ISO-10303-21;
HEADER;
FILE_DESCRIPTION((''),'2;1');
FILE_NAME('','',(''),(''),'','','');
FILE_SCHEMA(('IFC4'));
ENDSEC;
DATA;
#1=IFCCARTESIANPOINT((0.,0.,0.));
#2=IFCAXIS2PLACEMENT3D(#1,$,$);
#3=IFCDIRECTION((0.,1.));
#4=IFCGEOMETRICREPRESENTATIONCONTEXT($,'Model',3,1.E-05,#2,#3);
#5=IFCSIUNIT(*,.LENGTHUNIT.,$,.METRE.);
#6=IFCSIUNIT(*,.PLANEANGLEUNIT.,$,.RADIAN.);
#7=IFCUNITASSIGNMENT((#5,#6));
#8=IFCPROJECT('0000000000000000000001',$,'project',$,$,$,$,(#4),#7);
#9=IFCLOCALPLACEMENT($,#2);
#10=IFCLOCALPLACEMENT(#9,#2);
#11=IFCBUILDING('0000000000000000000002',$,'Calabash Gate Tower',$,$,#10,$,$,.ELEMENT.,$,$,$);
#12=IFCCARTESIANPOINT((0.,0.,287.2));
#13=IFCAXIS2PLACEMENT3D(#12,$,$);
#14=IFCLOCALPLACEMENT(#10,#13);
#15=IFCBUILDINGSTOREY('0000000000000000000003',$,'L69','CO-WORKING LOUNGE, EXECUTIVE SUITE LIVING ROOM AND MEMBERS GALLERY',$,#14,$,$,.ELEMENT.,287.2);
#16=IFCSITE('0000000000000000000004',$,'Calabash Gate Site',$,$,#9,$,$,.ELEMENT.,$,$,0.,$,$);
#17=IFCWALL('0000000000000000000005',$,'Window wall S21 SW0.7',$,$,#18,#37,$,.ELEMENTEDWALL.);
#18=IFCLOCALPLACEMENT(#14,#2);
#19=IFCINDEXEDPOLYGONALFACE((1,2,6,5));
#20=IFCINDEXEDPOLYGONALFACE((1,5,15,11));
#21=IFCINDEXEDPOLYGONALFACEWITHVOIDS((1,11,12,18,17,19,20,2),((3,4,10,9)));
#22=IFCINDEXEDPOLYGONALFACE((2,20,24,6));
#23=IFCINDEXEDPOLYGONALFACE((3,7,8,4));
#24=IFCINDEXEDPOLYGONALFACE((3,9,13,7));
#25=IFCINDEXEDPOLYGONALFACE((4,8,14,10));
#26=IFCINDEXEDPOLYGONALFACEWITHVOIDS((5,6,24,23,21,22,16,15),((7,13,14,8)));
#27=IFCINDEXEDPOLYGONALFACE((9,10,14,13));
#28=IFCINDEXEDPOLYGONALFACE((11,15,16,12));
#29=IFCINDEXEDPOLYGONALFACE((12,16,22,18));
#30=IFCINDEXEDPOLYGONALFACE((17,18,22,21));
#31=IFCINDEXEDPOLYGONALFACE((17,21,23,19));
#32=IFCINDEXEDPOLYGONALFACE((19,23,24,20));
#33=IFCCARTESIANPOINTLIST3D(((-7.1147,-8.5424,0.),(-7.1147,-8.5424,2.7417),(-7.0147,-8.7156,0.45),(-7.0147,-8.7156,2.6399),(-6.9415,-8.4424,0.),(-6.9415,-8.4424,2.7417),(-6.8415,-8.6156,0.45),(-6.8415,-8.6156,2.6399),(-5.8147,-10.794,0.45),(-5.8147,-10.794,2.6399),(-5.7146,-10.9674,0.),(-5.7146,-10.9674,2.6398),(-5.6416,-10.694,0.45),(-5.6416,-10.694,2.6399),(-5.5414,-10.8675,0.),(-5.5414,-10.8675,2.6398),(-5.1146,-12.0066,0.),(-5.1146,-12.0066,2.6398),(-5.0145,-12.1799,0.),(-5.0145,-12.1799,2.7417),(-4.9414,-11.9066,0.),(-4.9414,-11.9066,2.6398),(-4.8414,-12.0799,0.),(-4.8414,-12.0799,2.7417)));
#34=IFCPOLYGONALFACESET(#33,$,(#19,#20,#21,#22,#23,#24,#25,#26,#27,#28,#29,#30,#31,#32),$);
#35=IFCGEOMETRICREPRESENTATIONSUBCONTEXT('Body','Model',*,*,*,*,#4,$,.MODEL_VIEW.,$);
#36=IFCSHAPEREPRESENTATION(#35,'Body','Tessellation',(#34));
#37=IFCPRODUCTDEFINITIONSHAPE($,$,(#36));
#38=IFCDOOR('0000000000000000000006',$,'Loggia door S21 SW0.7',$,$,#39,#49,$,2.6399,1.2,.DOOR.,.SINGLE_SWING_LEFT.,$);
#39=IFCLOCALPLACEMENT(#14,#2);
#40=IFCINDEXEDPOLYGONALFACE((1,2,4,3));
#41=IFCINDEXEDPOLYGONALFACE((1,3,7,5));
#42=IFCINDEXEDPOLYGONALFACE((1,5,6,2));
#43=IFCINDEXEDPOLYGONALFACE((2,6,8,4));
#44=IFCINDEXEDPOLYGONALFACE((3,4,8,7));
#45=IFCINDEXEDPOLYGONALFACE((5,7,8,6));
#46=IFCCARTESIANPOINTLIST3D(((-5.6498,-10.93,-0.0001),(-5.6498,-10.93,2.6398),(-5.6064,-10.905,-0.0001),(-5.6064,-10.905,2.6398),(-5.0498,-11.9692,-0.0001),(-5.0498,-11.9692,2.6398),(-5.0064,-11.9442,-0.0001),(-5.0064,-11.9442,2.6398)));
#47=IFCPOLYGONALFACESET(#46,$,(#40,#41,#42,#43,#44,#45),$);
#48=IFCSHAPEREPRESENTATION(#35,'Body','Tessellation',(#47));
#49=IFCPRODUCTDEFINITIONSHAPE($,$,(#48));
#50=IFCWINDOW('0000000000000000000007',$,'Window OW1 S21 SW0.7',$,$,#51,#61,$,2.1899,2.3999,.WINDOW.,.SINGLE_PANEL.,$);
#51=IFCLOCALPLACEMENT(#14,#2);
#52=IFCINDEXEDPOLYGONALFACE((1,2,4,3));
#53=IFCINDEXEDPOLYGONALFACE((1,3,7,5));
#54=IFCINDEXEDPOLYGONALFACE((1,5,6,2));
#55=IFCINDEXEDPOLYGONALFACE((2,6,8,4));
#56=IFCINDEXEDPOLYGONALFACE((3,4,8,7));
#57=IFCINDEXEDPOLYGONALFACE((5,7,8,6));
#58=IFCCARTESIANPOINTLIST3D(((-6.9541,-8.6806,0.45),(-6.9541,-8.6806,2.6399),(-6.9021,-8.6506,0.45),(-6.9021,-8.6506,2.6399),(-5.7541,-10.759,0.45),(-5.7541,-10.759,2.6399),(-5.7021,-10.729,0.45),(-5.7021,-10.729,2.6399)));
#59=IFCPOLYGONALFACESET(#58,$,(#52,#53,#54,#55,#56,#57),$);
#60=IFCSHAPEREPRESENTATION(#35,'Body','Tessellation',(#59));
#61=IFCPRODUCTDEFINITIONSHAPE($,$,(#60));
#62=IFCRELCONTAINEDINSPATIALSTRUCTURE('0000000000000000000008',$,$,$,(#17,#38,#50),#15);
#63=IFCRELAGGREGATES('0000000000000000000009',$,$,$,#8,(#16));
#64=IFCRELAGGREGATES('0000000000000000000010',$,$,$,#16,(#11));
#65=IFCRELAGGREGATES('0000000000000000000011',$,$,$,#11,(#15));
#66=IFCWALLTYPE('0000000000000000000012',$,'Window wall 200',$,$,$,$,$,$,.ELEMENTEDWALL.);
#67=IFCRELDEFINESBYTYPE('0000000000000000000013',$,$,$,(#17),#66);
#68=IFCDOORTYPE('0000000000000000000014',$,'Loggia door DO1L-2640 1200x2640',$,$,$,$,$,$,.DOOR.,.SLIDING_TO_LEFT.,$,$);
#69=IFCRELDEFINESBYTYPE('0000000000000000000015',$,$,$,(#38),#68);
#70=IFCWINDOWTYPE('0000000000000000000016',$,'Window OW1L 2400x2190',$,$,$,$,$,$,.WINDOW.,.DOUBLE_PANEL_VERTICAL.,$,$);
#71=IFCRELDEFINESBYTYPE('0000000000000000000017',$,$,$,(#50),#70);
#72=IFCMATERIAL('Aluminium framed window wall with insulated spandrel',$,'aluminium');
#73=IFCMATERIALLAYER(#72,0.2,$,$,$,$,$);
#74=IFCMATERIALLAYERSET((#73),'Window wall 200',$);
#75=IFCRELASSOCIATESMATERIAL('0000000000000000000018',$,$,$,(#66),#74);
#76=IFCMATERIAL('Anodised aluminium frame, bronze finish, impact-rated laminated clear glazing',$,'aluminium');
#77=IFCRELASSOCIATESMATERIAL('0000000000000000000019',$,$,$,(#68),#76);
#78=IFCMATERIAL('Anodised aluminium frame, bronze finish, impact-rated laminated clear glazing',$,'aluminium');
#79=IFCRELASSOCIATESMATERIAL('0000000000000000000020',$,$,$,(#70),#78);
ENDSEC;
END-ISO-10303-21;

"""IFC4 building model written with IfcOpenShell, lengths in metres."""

from ifc_helpers import new_model, si_unit, direction, frame, frame_2d, origin, place, context, subcontext, project, spatial, rectangle, extrude, material, layer, layer_set, type_object, element, fill, save


model = new_model("IFC4")

# Units and contexts
model_context = context("Model", 3, precision=1e-05, world=origin(), true_north=direction((0.0, 1.0)))
body_context = subcontext(model_context, "Body", "Model", "MODEL_VIEW")
ifc_project = project(units=[si_unit("LENGTHUNIT", "METRE"), si_unit("PLANEANGLEUNIT", "RADIAN")], contexts=[model_context])

# Site, building, storey
site_placement = place(None, origin())
site = spatial("IfcSite", under=ifc_project, at=site_placement, Name="Calabash Gate Site", CompositionType="ELEMENT", RefElevation=0.0)
building_placement = place(site_placement, origin())
building = spatial("IfcBuilding", under=site, at=building_placement, Name="Calabash Gate Tower", CompositionType="ELEMENT")
storey_placement = place(building_placement, frame((0.0, 0.0, 287.2)))
storey = spatial("IfcBuildingStorey", under=building, at=storey_placement, Name="L69", Description="CO-WORKING LOUNGE, EXECUTIVE SUITE LIVING ROOM AND MEMBERS GALLERY", CompositionType="ELEMENT", Elevation=287.2)

# Shared definitions
ifc_material_1 = material(Name="Aluminium framed window wall with insulated spandrel", Category="aluminium")
ifc_layer_1 = layer(ifc_material_1, 0.2)
ifc_layer_set_1 = layer_set([ifc_layer_1], Name="Window wall 200")
wall_type_1 = type_object("IfcWallType", Name="Window wall 200", PredefinedType="ELEMENTEDWALL", material=ifc_layer_set_1)

# Wall, openings, door, window
wall_1_placement = place(storey_placement, frame((-7.0281, -8.4924, 0.0), z_axis=(0.0, 0.0, 1.0), x_axis=(0.500003, -0.866024, 0.0)))
wall_1 = element("IfcWall", 1, at=wall_1_placement, inside=storey, type_object=wall_type_1, Name="Window wall S21 SW0.7", PredefinedType="ELEMENTEDWALL", context=body_context, shape_type="SweptSolid", body=[
    extrude(rectangle(XDim=4.2002, YDim=0.2, at=frame_2d((2.1001, 0.0))), origin(), (0.0, 0.0, 1.0), 2.7417),
])
opening_1_placement = place(wall_1_placement, frame((0.2, 0.0, 0.45)))
opening_1 = element("IfcOpeningElement", 2, at=opening_1_placement, cuts=wall_1, PredefinedType="OPENING", context=body_context, shape_type="SweptSolid", body=[
    extrude(rectangle(XDim=2.3999, YDim=2.1899, at=frame_2d((1.2, 1.095))), frame((0.0, 0.1099, 0.0), z_axis=(0.0, -1.0, 0.0), x_axis=(1.0, 0.0, 0.0)), (0.0, 0.0, 1.0), 0.22),
])
opening_2_placement = place(wall_1_placement, frame((2.8, 0.0, 0.0)))
opening_2 = element("IfcOpeningElement", 3, at=opening_2_placement, cuts=wall_1, PredefinedType="OPENING", context=body_context, shape_type="SweptSolid", body=[
    extrude(rectangle(XDim=1.2, YDim=2.6399, at=frame_2d((0.6001, 1.3198))), frame((0.0, 0.1099, 0.0), z_axis=(0.0, -1.0, 0.0), x_axis=(1.0, 0.0, 0.0)), (0.0, 0.0, 1.0), 0.22),
])
ifc_material_2 = material(Name="Anodised aluminium frame, bronze finish, impact-rated laminated clear glazing", Category="aluminium")
door_type_1 = type_object("IfcDoorType", Name="Loggia door DO1L-2640 1200x2640", OperationType="SLIDING_TO_LEFT", PredefinedType="DOOR", material=ifc_material_2)
door_1_placement = place(opening_2_placement, origin())
door_1 = element("IfcDoor", 4, at=door_1_placement, inside=storey, type_object=door_type_1, Name="Loggia door S21 SW0.7", OperationType="SINGLE_SWING_LEFT", OverallHeight=2.6399, OverallWidth=1.2, PredefinedType="DOOR", context=body_context, shape_type="SweptSolid", body=[
    extrude(rectangle(XDim=1.2, YDim=2.6399, at=frame_2d((0.6001, 1.3198))), frame((0.0, 0.0249, 0.0), z_axis=(0.0, -1.0, 0.0), x_axis=(1.0, 0.0, 0.0)), (0.0, 0.0, 1.0), 0.05),
])
fill(opening_2, door_1)
ifc_material_3 = material(Name="Anodised aluminium frame, bronze finish, impact-rated laminated clear glazing", Category="aluminium")
window_type_1 = type_object("IfcWindowType", Name="Window OW1L 2400x2190", PartitioningType="DOUBLE_PANEL_VERTICAL", PredefinedType="WINDOW", material=ifc_material_3)
window_1_placement = place(opening_1_placement, origin())
window_1 = element("IfcWindow", 5, at=window_1_placement, inside=storey, type_object=window_type_1, Name="Window OW1 S21 SW0.7", OverallHeight=2.1899, OverallWidth=2.3999, PartitioningType="SINGLE_PANEL", PredefinedType="WINDOW", context=body_context, shape_type="SweptSolid", body=[
    extrude(rectangle(XDim=2.3999, YDim=2.1899, at=frame_2d((1.2, 1.095))), frame((0.0, 0.03, 0.0), z_axis=(0.0, -1.0, 0.0), x_axis=(1.0, 0.0, 0.0)), (0.0, 0.0, 1.0), 0.0601),
])
fill(opening_1, window_1)

save(model, "model.ifc")
